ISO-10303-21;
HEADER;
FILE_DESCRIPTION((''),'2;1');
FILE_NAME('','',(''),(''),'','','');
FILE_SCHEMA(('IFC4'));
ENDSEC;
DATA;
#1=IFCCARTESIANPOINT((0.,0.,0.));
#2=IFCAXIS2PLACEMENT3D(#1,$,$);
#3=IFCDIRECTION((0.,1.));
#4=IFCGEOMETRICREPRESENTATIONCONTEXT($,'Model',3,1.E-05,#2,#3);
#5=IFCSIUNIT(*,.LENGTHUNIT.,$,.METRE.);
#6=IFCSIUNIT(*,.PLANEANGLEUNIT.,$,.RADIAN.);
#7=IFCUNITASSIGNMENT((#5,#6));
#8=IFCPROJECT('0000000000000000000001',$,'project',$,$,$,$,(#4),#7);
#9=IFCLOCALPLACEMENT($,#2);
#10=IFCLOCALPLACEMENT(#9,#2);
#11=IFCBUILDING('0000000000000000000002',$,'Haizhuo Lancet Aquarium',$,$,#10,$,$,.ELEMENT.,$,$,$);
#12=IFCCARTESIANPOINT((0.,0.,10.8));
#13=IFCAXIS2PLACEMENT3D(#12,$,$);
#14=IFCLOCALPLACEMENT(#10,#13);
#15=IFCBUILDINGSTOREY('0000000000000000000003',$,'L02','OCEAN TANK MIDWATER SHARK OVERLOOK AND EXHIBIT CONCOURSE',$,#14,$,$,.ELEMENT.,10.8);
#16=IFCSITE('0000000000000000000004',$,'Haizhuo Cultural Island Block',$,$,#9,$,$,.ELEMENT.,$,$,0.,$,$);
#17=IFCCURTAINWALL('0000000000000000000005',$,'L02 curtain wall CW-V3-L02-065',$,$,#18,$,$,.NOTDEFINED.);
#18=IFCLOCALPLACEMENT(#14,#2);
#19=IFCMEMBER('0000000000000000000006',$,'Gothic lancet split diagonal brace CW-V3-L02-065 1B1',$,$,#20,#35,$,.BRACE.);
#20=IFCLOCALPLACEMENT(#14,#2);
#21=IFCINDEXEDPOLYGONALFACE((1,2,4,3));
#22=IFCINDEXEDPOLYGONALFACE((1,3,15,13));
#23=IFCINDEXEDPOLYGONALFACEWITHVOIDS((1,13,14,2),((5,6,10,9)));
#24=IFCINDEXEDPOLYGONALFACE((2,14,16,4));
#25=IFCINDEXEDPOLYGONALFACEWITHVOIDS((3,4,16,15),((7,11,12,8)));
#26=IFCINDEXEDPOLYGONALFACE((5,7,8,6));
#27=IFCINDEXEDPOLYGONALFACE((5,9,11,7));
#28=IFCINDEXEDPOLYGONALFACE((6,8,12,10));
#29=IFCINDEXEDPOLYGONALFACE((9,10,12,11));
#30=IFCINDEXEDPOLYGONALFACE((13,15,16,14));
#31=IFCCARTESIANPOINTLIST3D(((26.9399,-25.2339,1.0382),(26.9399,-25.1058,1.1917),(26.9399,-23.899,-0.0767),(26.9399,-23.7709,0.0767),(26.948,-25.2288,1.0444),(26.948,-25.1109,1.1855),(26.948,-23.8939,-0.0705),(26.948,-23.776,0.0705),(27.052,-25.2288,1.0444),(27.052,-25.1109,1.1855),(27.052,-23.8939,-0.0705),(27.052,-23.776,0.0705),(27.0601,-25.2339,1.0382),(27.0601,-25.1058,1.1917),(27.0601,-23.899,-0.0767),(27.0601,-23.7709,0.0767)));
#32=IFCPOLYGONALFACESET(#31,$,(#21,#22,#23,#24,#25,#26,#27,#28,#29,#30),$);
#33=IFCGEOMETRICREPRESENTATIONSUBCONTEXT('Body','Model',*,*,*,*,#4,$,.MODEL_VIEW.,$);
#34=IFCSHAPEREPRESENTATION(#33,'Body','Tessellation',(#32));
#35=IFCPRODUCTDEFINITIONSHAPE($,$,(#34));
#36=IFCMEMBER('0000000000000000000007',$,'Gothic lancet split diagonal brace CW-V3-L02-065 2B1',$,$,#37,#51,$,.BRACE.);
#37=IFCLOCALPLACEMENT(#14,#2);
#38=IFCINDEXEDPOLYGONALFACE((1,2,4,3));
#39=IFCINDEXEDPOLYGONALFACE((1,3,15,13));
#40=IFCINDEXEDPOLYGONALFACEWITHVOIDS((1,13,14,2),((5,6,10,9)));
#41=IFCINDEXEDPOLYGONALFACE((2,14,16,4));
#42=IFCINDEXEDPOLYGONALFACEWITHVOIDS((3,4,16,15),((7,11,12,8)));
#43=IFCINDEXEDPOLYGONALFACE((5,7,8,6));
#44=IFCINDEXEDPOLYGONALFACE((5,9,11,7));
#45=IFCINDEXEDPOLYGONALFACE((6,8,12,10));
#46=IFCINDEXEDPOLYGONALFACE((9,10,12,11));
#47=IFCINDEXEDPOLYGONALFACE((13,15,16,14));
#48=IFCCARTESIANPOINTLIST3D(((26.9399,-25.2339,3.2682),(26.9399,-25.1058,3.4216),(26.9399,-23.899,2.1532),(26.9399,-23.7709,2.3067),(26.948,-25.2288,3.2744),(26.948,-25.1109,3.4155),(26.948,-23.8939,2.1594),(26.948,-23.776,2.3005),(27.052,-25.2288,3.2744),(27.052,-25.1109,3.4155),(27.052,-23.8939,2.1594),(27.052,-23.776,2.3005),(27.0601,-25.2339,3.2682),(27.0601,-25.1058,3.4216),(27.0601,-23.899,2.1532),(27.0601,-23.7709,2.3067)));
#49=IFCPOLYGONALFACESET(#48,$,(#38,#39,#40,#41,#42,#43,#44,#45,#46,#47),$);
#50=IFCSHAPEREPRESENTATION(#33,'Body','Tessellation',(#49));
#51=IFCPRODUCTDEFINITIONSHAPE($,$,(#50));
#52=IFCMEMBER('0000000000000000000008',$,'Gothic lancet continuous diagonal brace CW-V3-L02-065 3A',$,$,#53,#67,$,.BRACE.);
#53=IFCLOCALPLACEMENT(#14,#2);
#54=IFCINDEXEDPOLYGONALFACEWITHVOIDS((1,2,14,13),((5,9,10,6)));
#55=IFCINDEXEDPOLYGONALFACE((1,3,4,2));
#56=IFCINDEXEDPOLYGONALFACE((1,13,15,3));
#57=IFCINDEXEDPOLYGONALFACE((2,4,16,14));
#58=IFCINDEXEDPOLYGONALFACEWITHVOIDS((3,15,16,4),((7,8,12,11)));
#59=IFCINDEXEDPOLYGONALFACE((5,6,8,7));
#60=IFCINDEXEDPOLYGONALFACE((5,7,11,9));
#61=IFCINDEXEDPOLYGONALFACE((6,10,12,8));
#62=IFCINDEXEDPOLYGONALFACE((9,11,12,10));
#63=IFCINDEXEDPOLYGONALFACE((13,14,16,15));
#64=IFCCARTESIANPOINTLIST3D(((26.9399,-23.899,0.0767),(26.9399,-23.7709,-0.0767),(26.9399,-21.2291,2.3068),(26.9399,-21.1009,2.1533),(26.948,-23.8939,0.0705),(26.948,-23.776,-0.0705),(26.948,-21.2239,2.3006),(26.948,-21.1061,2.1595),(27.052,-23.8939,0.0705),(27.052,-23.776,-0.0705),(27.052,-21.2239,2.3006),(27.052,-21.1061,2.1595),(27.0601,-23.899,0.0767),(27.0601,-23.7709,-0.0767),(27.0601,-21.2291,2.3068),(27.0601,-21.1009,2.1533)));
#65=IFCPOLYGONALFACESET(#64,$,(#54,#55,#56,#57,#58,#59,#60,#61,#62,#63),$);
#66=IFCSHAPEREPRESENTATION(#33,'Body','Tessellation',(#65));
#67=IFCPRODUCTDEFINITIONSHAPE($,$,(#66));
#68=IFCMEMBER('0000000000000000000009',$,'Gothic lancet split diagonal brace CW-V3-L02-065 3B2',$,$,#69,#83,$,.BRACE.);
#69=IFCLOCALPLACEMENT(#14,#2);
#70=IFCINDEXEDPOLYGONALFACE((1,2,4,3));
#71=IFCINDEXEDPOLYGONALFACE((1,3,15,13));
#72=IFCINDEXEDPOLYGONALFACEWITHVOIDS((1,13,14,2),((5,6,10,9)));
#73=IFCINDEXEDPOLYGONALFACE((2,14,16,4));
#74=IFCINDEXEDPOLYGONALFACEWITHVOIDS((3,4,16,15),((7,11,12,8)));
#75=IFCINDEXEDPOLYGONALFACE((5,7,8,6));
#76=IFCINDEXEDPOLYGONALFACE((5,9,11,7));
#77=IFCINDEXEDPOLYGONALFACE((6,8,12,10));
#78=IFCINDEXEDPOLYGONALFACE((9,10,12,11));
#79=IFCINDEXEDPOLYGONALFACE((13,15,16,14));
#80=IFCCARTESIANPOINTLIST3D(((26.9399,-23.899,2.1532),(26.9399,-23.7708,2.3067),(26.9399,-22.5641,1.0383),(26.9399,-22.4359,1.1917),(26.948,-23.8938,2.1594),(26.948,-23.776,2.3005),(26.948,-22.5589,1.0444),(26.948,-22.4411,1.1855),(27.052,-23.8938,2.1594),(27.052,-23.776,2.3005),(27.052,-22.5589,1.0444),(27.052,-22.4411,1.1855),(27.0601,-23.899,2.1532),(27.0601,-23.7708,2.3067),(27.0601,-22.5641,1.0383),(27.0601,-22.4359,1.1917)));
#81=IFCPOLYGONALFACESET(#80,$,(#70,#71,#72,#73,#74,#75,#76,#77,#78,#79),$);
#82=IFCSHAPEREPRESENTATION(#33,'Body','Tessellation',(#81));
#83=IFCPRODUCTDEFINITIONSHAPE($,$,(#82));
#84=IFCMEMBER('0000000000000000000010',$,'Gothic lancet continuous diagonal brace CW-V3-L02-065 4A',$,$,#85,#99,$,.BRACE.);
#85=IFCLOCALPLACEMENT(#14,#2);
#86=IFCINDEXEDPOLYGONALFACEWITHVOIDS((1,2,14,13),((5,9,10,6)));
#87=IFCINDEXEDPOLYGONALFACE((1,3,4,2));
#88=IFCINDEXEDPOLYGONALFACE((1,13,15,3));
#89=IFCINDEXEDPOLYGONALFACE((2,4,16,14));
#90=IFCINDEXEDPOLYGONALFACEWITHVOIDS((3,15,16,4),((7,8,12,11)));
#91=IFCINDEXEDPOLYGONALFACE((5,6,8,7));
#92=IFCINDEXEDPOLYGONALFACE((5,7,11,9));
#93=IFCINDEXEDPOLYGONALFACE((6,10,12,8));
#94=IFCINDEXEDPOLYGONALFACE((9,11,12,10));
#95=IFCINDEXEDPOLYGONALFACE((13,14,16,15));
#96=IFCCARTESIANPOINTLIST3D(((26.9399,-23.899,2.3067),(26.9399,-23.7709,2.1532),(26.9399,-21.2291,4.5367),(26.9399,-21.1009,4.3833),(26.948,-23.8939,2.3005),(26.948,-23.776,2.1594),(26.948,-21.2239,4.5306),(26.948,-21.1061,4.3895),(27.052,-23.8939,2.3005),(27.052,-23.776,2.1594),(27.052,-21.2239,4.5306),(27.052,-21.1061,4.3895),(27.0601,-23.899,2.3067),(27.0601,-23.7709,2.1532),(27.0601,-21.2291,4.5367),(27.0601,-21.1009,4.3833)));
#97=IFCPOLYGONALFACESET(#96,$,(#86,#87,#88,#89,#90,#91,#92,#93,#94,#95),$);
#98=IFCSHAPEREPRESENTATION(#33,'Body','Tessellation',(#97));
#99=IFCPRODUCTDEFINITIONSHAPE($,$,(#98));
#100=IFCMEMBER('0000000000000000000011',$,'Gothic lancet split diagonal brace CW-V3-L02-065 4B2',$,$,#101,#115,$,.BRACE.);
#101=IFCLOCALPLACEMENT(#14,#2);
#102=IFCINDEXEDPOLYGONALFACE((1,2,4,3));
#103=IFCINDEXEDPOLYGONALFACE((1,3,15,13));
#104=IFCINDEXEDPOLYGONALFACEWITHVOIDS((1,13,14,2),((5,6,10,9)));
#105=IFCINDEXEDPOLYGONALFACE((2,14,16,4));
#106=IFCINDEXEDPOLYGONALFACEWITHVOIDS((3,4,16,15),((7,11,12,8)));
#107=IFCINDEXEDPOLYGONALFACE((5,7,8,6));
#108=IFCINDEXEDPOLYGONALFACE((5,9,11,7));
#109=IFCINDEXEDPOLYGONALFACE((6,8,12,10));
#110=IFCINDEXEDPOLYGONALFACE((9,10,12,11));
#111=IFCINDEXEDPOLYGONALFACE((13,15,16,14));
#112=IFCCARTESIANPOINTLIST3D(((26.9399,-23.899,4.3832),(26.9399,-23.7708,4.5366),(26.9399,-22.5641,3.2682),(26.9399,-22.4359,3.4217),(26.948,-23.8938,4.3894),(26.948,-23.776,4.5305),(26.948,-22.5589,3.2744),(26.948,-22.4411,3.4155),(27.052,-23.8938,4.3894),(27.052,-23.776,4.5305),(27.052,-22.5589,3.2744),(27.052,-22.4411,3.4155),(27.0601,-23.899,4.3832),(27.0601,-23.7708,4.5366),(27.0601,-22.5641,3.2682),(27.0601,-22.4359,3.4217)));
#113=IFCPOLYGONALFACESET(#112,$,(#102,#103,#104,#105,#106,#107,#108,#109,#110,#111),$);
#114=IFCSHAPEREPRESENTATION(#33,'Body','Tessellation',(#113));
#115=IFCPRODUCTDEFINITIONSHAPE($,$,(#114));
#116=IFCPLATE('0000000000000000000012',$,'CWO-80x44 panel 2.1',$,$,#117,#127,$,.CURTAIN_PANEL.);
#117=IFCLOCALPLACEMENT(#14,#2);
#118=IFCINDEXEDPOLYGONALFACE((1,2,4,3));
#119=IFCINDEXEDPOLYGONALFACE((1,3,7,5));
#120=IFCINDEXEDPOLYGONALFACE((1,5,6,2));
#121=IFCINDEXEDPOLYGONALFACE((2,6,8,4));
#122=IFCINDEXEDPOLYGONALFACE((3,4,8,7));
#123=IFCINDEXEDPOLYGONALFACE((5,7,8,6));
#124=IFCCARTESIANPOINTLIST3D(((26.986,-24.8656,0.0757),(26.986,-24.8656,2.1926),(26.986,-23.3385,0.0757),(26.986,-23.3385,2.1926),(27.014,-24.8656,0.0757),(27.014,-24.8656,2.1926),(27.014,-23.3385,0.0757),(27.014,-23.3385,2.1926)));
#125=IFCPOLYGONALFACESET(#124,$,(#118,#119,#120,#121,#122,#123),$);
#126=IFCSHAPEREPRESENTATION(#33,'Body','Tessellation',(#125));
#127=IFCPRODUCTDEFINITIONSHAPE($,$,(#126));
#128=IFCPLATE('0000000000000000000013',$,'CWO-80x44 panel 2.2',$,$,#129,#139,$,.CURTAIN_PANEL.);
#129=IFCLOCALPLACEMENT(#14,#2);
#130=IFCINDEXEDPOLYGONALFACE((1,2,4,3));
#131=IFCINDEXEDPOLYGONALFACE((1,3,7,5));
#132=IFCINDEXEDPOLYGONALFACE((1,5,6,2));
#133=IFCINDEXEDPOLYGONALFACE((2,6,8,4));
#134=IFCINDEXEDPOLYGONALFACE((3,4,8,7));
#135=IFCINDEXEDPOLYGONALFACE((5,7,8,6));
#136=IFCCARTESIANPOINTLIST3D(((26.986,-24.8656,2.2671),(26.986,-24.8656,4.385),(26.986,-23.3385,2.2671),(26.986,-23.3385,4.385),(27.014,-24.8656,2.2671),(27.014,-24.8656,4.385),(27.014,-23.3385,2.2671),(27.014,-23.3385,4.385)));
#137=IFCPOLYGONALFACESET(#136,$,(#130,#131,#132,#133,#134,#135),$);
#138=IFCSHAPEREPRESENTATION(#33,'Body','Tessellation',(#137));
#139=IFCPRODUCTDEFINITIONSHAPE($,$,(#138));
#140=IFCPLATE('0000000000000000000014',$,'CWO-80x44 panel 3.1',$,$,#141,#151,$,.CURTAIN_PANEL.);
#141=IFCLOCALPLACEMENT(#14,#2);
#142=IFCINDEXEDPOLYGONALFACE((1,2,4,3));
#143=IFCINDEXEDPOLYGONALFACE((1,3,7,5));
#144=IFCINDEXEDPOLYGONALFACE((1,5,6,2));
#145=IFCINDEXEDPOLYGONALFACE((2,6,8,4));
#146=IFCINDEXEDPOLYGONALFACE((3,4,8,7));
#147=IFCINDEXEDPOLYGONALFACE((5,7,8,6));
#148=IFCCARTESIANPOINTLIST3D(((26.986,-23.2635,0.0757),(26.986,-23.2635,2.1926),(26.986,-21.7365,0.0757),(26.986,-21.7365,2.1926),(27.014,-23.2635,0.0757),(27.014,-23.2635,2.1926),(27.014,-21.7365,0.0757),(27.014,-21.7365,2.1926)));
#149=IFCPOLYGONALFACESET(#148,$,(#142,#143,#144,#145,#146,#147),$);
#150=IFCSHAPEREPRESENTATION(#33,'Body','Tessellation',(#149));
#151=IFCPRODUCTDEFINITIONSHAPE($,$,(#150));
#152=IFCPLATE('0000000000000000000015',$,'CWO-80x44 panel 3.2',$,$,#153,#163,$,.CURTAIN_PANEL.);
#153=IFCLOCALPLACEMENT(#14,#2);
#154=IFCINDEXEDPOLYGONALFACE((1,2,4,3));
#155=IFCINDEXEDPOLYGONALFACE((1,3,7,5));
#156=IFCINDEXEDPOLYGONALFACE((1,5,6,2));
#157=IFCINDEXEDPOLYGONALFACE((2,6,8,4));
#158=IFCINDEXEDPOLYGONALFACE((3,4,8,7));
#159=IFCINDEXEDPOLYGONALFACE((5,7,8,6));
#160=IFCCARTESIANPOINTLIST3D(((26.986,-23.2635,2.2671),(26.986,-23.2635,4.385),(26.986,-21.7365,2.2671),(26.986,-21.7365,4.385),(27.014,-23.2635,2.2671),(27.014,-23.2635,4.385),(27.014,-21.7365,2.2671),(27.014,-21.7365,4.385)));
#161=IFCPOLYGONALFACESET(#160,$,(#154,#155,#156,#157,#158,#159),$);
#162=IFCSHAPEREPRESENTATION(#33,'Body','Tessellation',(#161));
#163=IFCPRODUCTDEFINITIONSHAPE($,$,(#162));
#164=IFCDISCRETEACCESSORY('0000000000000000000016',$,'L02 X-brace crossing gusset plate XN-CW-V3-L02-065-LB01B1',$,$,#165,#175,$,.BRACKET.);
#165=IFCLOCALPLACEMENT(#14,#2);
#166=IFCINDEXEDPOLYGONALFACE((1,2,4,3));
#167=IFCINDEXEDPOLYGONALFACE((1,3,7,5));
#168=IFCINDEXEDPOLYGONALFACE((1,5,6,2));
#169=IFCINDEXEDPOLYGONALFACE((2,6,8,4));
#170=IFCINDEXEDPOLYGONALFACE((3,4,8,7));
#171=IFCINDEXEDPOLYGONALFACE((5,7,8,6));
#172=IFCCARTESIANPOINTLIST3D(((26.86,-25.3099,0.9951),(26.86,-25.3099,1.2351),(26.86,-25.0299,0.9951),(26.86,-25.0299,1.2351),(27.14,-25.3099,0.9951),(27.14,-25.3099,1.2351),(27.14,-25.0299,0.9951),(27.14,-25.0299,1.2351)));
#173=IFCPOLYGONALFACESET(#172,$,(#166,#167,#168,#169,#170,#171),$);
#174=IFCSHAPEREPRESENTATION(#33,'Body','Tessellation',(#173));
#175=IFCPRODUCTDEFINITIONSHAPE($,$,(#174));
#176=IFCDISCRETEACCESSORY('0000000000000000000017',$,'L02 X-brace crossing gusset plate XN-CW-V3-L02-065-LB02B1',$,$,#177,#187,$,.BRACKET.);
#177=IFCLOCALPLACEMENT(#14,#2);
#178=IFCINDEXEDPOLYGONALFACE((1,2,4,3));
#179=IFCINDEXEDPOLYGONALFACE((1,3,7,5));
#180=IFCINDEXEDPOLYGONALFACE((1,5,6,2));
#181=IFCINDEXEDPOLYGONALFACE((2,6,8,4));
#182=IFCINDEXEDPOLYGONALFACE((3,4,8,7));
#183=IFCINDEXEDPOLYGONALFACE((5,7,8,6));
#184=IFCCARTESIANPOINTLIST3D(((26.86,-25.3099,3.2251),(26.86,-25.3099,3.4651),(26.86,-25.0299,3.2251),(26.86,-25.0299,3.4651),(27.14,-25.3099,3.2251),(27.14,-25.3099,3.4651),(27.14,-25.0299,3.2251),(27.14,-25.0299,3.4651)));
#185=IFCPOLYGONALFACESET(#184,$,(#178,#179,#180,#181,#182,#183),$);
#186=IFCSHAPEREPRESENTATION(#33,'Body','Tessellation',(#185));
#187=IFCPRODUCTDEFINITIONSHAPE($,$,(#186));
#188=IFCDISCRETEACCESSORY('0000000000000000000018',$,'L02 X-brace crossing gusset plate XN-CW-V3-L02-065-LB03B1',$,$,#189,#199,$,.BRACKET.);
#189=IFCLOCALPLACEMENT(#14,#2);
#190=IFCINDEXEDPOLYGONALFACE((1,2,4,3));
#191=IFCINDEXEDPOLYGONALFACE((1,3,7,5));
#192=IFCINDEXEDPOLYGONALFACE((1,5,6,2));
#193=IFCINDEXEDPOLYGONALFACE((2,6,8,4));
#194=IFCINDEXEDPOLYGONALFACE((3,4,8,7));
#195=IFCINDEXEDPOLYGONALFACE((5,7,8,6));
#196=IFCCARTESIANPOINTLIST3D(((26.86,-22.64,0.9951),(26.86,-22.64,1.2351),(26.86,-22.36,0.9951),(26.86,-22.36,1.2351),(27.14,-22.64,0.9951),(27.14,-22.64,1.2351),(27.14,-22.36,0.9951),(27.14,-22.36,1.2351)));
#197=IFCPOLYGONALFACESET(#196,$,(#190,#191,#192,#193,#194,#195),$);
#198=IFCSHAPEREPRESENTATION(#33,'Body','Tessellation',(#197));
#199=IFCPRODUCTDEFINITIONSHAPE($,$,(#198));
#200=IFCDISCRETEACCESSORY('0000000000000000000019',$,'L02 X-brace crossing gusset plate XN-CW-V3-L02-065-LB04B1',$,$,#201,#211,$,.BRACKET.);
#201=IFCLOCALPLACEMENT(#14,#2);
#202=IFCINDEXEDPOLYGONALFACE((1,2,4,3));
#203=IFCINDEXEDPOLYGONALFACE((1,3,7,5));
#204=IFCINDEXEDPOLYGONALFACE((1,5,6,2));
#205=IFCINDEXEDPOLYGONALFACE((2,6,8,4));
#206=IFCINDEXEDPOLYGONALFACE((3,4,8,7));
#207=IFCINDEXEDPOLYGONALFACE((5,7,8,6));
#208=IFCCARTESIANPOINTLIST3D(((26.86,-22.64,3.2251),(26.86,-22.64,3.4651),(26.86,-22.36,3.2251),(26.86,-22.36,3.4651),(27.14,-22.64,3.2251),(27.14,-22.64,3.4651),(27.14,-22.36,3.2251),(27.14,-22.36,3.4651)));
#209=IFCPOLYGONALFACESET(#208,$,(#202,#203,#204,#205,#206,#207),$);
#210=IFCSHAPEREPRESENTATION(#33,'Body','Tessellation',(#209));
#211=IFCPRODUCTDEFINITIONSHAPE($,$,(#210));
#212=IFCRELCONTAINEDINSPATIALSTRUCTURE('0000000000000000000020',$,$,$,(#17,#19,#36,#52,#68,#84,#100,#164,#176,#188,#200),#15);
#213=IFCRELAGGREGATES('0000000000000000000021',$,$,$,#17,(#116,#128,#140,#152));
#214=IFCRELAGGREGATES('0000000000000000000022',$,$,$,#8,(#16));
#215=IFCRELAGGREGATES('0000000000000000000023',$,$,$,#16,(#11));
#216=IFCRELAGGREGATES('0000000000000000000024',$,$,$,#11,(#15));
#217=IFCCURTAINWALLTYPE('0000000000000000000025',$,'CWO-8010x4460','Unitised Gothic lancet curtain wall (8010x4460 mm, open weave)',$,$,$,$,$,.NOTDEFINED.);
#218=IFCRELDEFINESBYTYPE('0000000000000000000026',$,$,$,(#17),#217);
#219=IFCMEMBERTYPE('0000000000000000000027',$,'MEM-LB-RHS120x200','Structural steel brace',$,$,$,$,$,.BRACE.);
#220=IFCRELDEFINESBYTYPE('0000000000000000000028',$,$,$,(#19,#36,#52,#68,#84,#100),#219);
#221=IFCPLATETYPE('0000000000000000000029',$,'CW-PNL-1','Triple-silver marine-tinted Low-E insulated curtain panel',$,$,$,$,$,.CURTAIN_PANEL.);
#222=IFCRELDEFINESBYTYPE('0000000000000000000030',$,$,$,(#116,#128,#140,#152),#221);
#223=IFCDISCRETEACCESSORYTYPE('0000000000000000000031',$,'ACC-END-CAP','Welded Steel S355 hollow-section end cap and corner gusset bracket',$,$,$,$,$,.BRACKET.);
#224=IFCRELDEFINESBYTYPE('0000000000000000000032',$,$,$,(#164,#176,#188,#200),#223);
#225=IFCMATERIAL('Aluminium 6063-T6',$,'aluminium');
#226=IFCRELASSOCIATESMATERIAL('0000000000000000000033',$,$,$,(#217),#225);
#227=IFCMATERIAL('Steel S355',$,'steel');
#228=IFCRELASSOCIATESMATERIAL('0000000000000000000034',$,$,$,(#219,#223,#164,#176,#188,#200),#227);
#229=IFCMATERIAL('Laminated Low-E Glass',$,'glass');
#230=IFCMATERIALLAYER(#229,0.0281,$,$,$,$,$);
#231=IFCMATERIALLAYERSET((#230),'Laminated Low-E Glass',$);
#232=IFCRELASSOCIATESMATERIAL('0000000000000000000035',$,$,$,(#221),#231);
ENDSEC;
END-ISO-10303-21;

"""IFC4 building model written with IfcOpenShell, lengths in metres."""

from ifc_helpers import new_model, si_unit, direction, frame, origin, origin_2d, place, context, subcontext, project, spatial, rectangle, hollow_rectangle, extrude, material, layer, layer_set, material_profile, profile_set, type_object, element, aggregate, save


model = new_model("IFC4")

# Units and contexts
model_context = context("Model", 3, precision=1e-05, world=origin(), true_north=direction((0.0, 1.0)))
body_context = subcontext(model_context, "Body", "Model", "MODEL_VIEW")
ifc_project = project(units=[si_unit("LENGTHUNIT", "METRE"), si_unit("PLANEANGLEUNIT", "RADIAN")], contexts=[model_context])

# Site, building, storey
site_placement = place(None, origin())
site = spatial("IfcSite", under=ifc_project, at=site_placement, Name="Haizhuo Cultural Island Block", CompositionType="ELEMENT", RefElevation=0.0)
building_placement = place(site_placement, origin())
building = spatial("IfcBuilding", under=site, at=building_placement, Name="Haizhuo Lancet Aquarium", CompositionType="ELEMENT")
storey_placement = place(building_placement, frame((0.0, 0.0, 10.8)))
storey = spatial("IfcBuildingStorey", under=building, at=storey_placement, Name="L02", Description="OCEAN TANK MIDWATER SHARK OVERLOOK AND EXHIBIT CONCOURSE", CompositionType="ELEMENT", Elevation=10.8)

# Curtain wall
ifc_material_1 = material(Name="Aluminium 6063-T6", Category="aluminium")
curtain_wall_type = type_object("IfcCurtainWallType", Name="CWO-8010x4460", Description="Unitised Gothic lancet curtain wall (8010x4460 mm, open weave)", PredefinedType="NOTDEFINED", material=ifc_material_1)
curtain_wall_placement = place(storey_placement, origin())
curtain_wall = element("IfcCurtainWall", 1, at=curtain_wall_placement, inside=storey, type_object=curtain_wall_type, Name="L02 curtain wall CW-V3-L02-065", PredefinedType="NOTDEFINED")

# Members
ifc_material_2 = material(Name="Steel S355", Category="steel")
ifc_material_profile_1 = material_profile(ifc_material_2, hollow_rectangle(XDim=0.1201, YDim=0.2, WallThickness=0.0081, at=origin_2d()), Name="RHS 120x200x8")
ifc_profile_set_1 = profile_set([ifc_material_profile_1], Name="Steel S355")
member_type_1 = type_object("IfcMemberType", Name="MEM-LB-RHS120x200", Description="Structural steel brace", PredefinedType="BRACE", material=ifc_profile_set_1)
for number, where, z_axis, x_axis, name in (
    (2, (27.0, -23.835, 0.0), (0.0, -0.767507, 0.64104), (1.0, 0.0, 0.0), "Gothic lancet split diagonal brace CW-V3-L02-065 1B1"),
    (3, (27.0, -23.835, 2.23), (0.0, -0.767507, 0.64104), (1.0, 0.0, 0.0), "Gothic lancet split diagonal brace CW-V3-L02-065 2B1"),
):
    element("IfcMember", number, at=place(storey_placement, frame(where, z_axis=z_axis, x_axis=x_axis)), inside=storey, type_object=member_type_1, Name=name, PredefinedType="BRACE", context=body_context, shape_type="SweptSolid", body=[
        extrude(hollow_rectangle(XDim=0.1201, YDim=0.2, WallThickness=0.0081, at=origin_2d()), origin(), (0.0, 0.0, 1.0), 1.7393),
    ])
member_1_placement = place(storey_placement, frame((27.0, -23.835, 0.0), z_axis=(0.0, 0.767507, 0.64104), x_axis=(-1.0, 0.0, 0.0)))
element("IfcMember", 4, at=member_1_placement, inside=storey, type_object=member_type_1, Name="Gothic lancet continuous diagonal brace CW-V3-L02-065 3A", PredefinedType="BRACE", context=body_context, shape_type="SweptSolid", body=[
    extrude(hollow_rectangle(XDim=0.1201, YDim=0.2, WallThickness=0.0081, at=origin_2d()), origin(), (0.0, 0.0, 1.0), 3.4788),
])
member_2_placement = place(storey_placement, frame((27.0, -22.5, 1.115), z_axis=(0.0, -0.767507, 0.64104), x_axis=(1.0, 0.0, 0.0)))
element("IfcMember", 5, at=member_2_placement, inside=storey, type_object=member_type_1, Name="Gothic lancet split diagonal brace CW-V3-L02-065 3B2", PredefinedType="BRACE", context=body_context, shape_type="SweptSolid", body=[
    extrude(hollow_rectangle(XDim=0.1201, YDim=0.2, WallThickness=0.0081, at=origin_2d()), origin(), (0.0, 0.0, 1.0), 1.7393),
])
member_3_placement = place(storey_placement, frame((27.0, -23.835, 2.23), z_axis=(0.0, 0.767507, 0.64104), x_axis=(-1.0, 0.0, 0.0)))
element("IfcMember", 6, at=member_3_placement, inside=storey, type_object=member_type_1, Name="Gothic lancet continuous diagonal brace CW-V3-L02-065 4A", PredefinedType="BRACE", context=body_context, shape_type="SweptSolid", body=[
    extrude(hollow_rectangle(XDim=0.1201, YDim=0.2, WallThickness=0.0081, at=origin_2d()), origin(), (0.0, 0.0, 1.0), 3.4788),
])
member_4_placement = place(storey_placement, frame((27.0, -22.5, 3.345), z_axis=(0.0, -0.767507, 0.64104), x_axis=(1.0, 0.0, 0.0)))
element("IfcMember", 7, at=member_4_placement, inside=storey, type_object=member_type_1, Name="Gothic lancet split diagonal brace CW-V3-L02-065 4B2", PredefinedType="BRACE", context=body_context, shape_type="SweptSolid", body=[
    extrude(hollow_rectangle(XDim=0.1201, YDim=0.2, WallThickness=0.0081, at=origin_2d()), origin(), (0.0, 0.0, 1.0), 1.7393),
])

# Plates
ifc_material_3 = material(Name="Laminated Low-E Glass", Category="glass")
ifc_layer = layer(ifc_material_3, 0.0281)
ifc_layer_set = layer_set([ifc_layer], Name="Laminated Low-E Glass")
plate_type = type_object("IfcPlateType", Name="CW-PNL-1", Description="Triple-silver marine-tinted Low-E insulated curtain panel", PredefinedType="CURTAIN_PANEL", material=ifc_layer_set)
plate_1_placement = place(storey_placement, frame((27.0, -24.1021, 0.0757), z_axis=(0.0, 0.0, 1.0), x_axis=(0.0, 1.0, 0.0)))
plate_1 = element("IfcPlate", 8, at=plate_1_placement, type_object=plate_type, Name="CWO-80x44 panel 2.1", PredefinedType="CURTAIN_PANEL", context=body_context, shape_type="SweptSolid", body=[
    extrude(rectangle(XDim=1.5271, YDim=0.0281, at=origin_2d()), origin(), (0.0, 0.0, 1.0), 2.1169),
])
plate_2_placement = place(storey_placement, frame((27.0, -24.1021, 2.2671), z_axis=(0.0, 0.0, 1.0), x_axis=(0.0, 1.0, 0.0)))
plate_2 = element("IfcPlate", 9, at=plate_2_placement, type_object=plate_type, Name="CWO-80x44 panel 2.2", PredefinedType="CURTAIN_PANEL", context=body_context, shape_type="SweptSolid", body=[
    extrude(rectangle(XDim=1.5271, YDim=0.0281, at=origin_2d()), origin(), (0.0, 0.0, 1.0), 2.1179),
])
plate_3_placement = place(storey_placement, frame((27.0, -22.5, 0.0757), z_axis=(0.0, 0.0, 1.0), x_axis=(0.0, 1.0, 0.0)))
plate_3 = element("IfcPlate", 10, at=plate_3_placement, type_object=plate_type, Name="CWO-80x44 panel 3.1", PredefinedType="CURTAIN_PANEL", context=body_context, shape_type="SweptSolid", body=[
    extrude(rectangle(XDim=1.5271, YDim=0.0281, at=origin_2d()), origin(), (0.0, 0.0, 1.0), 2.1169),
])
plate_4_placement = place(storey_placement, frame((27.0, -22.5, 2.2671), z_axis=(0.0, 0.0, 1.0), x_axis=(0.0, 1.0, 0.0)))
plate_4 = element("IfcPlate", 11, at=plate_4_placement, type_object=plate_type, Name="CWO-80x44 panel 3.2", PredefinedType="CURTAIN_PANEL", context=body_context, shape_type="SweptSolid", body=[
    extrude(rectangle(XDim=1.5271, YDim=0.0281, at=origin_2d()), origin(), (0.0, 0.0, 1.0), 2.1179),
])
aggregate(curtain_wall, [plate_1, plate_2, plate_3, plate_4])

# Discrete accessories
discrete_accessory_type = type_object("IfcDiscreteAccessoryType", Name="ACC-END-CAP", Description="Welded Steel S355 hollow-section end cap and corner gusset bracket", PredefinedType="BRACKET", material=ifc_material_2)
for number, where, z_axis, x_axis, name in (
    (12, (27.0, -25.1699, 0.9951), (0.0, 0.0, 1.0), (1.0, 0.0, 0.0), "L02 X-brace crossing gusset plate XN-CW-V3-L02-065-LB01B1"),
    (13, (27.0, -25.1699, 3.2251), (0.0, 0.0, 1.0), (1.0, 0.0, 0.0), "L02 X-brace crossing gusset plate XN-CW-V3-L02-065-LB02B1"),
    (14, (27.0, -22.5, 0.9951), (0.0, 0.0, 1.0), (1.0, 0.0, 0.0), "L02 X-brace crossing gusset plate XN-CW-V3-L02-065-LB03B1"),
    (15, (27.0, -22.5, 3.2251), (0.0, 0.0, 1.0), (1.0, 0.0, 0.0), "L02 X-brace crossing gusset plate XN-CW-V3-L02-065-LB04B1"),
):
    element("IfcDiscreteAccessory", number, at=place(storey_placement, frame(where, z_axis=z_axis, x_axis=x_axis)), inside=storey, type_object=discrete_accessory_type, material=ifc_material_2, Name=name, PredefinedType="BRACKET", context=body_context, shape_type="SweptSolid", body=[
        extrude(rectangle(XDim=0.28, YDim=0.28, at=origin_2d()), origin(), (0.0, 0.0, 1.0), 0.24),
    ])

save(model, "model.ifc")
